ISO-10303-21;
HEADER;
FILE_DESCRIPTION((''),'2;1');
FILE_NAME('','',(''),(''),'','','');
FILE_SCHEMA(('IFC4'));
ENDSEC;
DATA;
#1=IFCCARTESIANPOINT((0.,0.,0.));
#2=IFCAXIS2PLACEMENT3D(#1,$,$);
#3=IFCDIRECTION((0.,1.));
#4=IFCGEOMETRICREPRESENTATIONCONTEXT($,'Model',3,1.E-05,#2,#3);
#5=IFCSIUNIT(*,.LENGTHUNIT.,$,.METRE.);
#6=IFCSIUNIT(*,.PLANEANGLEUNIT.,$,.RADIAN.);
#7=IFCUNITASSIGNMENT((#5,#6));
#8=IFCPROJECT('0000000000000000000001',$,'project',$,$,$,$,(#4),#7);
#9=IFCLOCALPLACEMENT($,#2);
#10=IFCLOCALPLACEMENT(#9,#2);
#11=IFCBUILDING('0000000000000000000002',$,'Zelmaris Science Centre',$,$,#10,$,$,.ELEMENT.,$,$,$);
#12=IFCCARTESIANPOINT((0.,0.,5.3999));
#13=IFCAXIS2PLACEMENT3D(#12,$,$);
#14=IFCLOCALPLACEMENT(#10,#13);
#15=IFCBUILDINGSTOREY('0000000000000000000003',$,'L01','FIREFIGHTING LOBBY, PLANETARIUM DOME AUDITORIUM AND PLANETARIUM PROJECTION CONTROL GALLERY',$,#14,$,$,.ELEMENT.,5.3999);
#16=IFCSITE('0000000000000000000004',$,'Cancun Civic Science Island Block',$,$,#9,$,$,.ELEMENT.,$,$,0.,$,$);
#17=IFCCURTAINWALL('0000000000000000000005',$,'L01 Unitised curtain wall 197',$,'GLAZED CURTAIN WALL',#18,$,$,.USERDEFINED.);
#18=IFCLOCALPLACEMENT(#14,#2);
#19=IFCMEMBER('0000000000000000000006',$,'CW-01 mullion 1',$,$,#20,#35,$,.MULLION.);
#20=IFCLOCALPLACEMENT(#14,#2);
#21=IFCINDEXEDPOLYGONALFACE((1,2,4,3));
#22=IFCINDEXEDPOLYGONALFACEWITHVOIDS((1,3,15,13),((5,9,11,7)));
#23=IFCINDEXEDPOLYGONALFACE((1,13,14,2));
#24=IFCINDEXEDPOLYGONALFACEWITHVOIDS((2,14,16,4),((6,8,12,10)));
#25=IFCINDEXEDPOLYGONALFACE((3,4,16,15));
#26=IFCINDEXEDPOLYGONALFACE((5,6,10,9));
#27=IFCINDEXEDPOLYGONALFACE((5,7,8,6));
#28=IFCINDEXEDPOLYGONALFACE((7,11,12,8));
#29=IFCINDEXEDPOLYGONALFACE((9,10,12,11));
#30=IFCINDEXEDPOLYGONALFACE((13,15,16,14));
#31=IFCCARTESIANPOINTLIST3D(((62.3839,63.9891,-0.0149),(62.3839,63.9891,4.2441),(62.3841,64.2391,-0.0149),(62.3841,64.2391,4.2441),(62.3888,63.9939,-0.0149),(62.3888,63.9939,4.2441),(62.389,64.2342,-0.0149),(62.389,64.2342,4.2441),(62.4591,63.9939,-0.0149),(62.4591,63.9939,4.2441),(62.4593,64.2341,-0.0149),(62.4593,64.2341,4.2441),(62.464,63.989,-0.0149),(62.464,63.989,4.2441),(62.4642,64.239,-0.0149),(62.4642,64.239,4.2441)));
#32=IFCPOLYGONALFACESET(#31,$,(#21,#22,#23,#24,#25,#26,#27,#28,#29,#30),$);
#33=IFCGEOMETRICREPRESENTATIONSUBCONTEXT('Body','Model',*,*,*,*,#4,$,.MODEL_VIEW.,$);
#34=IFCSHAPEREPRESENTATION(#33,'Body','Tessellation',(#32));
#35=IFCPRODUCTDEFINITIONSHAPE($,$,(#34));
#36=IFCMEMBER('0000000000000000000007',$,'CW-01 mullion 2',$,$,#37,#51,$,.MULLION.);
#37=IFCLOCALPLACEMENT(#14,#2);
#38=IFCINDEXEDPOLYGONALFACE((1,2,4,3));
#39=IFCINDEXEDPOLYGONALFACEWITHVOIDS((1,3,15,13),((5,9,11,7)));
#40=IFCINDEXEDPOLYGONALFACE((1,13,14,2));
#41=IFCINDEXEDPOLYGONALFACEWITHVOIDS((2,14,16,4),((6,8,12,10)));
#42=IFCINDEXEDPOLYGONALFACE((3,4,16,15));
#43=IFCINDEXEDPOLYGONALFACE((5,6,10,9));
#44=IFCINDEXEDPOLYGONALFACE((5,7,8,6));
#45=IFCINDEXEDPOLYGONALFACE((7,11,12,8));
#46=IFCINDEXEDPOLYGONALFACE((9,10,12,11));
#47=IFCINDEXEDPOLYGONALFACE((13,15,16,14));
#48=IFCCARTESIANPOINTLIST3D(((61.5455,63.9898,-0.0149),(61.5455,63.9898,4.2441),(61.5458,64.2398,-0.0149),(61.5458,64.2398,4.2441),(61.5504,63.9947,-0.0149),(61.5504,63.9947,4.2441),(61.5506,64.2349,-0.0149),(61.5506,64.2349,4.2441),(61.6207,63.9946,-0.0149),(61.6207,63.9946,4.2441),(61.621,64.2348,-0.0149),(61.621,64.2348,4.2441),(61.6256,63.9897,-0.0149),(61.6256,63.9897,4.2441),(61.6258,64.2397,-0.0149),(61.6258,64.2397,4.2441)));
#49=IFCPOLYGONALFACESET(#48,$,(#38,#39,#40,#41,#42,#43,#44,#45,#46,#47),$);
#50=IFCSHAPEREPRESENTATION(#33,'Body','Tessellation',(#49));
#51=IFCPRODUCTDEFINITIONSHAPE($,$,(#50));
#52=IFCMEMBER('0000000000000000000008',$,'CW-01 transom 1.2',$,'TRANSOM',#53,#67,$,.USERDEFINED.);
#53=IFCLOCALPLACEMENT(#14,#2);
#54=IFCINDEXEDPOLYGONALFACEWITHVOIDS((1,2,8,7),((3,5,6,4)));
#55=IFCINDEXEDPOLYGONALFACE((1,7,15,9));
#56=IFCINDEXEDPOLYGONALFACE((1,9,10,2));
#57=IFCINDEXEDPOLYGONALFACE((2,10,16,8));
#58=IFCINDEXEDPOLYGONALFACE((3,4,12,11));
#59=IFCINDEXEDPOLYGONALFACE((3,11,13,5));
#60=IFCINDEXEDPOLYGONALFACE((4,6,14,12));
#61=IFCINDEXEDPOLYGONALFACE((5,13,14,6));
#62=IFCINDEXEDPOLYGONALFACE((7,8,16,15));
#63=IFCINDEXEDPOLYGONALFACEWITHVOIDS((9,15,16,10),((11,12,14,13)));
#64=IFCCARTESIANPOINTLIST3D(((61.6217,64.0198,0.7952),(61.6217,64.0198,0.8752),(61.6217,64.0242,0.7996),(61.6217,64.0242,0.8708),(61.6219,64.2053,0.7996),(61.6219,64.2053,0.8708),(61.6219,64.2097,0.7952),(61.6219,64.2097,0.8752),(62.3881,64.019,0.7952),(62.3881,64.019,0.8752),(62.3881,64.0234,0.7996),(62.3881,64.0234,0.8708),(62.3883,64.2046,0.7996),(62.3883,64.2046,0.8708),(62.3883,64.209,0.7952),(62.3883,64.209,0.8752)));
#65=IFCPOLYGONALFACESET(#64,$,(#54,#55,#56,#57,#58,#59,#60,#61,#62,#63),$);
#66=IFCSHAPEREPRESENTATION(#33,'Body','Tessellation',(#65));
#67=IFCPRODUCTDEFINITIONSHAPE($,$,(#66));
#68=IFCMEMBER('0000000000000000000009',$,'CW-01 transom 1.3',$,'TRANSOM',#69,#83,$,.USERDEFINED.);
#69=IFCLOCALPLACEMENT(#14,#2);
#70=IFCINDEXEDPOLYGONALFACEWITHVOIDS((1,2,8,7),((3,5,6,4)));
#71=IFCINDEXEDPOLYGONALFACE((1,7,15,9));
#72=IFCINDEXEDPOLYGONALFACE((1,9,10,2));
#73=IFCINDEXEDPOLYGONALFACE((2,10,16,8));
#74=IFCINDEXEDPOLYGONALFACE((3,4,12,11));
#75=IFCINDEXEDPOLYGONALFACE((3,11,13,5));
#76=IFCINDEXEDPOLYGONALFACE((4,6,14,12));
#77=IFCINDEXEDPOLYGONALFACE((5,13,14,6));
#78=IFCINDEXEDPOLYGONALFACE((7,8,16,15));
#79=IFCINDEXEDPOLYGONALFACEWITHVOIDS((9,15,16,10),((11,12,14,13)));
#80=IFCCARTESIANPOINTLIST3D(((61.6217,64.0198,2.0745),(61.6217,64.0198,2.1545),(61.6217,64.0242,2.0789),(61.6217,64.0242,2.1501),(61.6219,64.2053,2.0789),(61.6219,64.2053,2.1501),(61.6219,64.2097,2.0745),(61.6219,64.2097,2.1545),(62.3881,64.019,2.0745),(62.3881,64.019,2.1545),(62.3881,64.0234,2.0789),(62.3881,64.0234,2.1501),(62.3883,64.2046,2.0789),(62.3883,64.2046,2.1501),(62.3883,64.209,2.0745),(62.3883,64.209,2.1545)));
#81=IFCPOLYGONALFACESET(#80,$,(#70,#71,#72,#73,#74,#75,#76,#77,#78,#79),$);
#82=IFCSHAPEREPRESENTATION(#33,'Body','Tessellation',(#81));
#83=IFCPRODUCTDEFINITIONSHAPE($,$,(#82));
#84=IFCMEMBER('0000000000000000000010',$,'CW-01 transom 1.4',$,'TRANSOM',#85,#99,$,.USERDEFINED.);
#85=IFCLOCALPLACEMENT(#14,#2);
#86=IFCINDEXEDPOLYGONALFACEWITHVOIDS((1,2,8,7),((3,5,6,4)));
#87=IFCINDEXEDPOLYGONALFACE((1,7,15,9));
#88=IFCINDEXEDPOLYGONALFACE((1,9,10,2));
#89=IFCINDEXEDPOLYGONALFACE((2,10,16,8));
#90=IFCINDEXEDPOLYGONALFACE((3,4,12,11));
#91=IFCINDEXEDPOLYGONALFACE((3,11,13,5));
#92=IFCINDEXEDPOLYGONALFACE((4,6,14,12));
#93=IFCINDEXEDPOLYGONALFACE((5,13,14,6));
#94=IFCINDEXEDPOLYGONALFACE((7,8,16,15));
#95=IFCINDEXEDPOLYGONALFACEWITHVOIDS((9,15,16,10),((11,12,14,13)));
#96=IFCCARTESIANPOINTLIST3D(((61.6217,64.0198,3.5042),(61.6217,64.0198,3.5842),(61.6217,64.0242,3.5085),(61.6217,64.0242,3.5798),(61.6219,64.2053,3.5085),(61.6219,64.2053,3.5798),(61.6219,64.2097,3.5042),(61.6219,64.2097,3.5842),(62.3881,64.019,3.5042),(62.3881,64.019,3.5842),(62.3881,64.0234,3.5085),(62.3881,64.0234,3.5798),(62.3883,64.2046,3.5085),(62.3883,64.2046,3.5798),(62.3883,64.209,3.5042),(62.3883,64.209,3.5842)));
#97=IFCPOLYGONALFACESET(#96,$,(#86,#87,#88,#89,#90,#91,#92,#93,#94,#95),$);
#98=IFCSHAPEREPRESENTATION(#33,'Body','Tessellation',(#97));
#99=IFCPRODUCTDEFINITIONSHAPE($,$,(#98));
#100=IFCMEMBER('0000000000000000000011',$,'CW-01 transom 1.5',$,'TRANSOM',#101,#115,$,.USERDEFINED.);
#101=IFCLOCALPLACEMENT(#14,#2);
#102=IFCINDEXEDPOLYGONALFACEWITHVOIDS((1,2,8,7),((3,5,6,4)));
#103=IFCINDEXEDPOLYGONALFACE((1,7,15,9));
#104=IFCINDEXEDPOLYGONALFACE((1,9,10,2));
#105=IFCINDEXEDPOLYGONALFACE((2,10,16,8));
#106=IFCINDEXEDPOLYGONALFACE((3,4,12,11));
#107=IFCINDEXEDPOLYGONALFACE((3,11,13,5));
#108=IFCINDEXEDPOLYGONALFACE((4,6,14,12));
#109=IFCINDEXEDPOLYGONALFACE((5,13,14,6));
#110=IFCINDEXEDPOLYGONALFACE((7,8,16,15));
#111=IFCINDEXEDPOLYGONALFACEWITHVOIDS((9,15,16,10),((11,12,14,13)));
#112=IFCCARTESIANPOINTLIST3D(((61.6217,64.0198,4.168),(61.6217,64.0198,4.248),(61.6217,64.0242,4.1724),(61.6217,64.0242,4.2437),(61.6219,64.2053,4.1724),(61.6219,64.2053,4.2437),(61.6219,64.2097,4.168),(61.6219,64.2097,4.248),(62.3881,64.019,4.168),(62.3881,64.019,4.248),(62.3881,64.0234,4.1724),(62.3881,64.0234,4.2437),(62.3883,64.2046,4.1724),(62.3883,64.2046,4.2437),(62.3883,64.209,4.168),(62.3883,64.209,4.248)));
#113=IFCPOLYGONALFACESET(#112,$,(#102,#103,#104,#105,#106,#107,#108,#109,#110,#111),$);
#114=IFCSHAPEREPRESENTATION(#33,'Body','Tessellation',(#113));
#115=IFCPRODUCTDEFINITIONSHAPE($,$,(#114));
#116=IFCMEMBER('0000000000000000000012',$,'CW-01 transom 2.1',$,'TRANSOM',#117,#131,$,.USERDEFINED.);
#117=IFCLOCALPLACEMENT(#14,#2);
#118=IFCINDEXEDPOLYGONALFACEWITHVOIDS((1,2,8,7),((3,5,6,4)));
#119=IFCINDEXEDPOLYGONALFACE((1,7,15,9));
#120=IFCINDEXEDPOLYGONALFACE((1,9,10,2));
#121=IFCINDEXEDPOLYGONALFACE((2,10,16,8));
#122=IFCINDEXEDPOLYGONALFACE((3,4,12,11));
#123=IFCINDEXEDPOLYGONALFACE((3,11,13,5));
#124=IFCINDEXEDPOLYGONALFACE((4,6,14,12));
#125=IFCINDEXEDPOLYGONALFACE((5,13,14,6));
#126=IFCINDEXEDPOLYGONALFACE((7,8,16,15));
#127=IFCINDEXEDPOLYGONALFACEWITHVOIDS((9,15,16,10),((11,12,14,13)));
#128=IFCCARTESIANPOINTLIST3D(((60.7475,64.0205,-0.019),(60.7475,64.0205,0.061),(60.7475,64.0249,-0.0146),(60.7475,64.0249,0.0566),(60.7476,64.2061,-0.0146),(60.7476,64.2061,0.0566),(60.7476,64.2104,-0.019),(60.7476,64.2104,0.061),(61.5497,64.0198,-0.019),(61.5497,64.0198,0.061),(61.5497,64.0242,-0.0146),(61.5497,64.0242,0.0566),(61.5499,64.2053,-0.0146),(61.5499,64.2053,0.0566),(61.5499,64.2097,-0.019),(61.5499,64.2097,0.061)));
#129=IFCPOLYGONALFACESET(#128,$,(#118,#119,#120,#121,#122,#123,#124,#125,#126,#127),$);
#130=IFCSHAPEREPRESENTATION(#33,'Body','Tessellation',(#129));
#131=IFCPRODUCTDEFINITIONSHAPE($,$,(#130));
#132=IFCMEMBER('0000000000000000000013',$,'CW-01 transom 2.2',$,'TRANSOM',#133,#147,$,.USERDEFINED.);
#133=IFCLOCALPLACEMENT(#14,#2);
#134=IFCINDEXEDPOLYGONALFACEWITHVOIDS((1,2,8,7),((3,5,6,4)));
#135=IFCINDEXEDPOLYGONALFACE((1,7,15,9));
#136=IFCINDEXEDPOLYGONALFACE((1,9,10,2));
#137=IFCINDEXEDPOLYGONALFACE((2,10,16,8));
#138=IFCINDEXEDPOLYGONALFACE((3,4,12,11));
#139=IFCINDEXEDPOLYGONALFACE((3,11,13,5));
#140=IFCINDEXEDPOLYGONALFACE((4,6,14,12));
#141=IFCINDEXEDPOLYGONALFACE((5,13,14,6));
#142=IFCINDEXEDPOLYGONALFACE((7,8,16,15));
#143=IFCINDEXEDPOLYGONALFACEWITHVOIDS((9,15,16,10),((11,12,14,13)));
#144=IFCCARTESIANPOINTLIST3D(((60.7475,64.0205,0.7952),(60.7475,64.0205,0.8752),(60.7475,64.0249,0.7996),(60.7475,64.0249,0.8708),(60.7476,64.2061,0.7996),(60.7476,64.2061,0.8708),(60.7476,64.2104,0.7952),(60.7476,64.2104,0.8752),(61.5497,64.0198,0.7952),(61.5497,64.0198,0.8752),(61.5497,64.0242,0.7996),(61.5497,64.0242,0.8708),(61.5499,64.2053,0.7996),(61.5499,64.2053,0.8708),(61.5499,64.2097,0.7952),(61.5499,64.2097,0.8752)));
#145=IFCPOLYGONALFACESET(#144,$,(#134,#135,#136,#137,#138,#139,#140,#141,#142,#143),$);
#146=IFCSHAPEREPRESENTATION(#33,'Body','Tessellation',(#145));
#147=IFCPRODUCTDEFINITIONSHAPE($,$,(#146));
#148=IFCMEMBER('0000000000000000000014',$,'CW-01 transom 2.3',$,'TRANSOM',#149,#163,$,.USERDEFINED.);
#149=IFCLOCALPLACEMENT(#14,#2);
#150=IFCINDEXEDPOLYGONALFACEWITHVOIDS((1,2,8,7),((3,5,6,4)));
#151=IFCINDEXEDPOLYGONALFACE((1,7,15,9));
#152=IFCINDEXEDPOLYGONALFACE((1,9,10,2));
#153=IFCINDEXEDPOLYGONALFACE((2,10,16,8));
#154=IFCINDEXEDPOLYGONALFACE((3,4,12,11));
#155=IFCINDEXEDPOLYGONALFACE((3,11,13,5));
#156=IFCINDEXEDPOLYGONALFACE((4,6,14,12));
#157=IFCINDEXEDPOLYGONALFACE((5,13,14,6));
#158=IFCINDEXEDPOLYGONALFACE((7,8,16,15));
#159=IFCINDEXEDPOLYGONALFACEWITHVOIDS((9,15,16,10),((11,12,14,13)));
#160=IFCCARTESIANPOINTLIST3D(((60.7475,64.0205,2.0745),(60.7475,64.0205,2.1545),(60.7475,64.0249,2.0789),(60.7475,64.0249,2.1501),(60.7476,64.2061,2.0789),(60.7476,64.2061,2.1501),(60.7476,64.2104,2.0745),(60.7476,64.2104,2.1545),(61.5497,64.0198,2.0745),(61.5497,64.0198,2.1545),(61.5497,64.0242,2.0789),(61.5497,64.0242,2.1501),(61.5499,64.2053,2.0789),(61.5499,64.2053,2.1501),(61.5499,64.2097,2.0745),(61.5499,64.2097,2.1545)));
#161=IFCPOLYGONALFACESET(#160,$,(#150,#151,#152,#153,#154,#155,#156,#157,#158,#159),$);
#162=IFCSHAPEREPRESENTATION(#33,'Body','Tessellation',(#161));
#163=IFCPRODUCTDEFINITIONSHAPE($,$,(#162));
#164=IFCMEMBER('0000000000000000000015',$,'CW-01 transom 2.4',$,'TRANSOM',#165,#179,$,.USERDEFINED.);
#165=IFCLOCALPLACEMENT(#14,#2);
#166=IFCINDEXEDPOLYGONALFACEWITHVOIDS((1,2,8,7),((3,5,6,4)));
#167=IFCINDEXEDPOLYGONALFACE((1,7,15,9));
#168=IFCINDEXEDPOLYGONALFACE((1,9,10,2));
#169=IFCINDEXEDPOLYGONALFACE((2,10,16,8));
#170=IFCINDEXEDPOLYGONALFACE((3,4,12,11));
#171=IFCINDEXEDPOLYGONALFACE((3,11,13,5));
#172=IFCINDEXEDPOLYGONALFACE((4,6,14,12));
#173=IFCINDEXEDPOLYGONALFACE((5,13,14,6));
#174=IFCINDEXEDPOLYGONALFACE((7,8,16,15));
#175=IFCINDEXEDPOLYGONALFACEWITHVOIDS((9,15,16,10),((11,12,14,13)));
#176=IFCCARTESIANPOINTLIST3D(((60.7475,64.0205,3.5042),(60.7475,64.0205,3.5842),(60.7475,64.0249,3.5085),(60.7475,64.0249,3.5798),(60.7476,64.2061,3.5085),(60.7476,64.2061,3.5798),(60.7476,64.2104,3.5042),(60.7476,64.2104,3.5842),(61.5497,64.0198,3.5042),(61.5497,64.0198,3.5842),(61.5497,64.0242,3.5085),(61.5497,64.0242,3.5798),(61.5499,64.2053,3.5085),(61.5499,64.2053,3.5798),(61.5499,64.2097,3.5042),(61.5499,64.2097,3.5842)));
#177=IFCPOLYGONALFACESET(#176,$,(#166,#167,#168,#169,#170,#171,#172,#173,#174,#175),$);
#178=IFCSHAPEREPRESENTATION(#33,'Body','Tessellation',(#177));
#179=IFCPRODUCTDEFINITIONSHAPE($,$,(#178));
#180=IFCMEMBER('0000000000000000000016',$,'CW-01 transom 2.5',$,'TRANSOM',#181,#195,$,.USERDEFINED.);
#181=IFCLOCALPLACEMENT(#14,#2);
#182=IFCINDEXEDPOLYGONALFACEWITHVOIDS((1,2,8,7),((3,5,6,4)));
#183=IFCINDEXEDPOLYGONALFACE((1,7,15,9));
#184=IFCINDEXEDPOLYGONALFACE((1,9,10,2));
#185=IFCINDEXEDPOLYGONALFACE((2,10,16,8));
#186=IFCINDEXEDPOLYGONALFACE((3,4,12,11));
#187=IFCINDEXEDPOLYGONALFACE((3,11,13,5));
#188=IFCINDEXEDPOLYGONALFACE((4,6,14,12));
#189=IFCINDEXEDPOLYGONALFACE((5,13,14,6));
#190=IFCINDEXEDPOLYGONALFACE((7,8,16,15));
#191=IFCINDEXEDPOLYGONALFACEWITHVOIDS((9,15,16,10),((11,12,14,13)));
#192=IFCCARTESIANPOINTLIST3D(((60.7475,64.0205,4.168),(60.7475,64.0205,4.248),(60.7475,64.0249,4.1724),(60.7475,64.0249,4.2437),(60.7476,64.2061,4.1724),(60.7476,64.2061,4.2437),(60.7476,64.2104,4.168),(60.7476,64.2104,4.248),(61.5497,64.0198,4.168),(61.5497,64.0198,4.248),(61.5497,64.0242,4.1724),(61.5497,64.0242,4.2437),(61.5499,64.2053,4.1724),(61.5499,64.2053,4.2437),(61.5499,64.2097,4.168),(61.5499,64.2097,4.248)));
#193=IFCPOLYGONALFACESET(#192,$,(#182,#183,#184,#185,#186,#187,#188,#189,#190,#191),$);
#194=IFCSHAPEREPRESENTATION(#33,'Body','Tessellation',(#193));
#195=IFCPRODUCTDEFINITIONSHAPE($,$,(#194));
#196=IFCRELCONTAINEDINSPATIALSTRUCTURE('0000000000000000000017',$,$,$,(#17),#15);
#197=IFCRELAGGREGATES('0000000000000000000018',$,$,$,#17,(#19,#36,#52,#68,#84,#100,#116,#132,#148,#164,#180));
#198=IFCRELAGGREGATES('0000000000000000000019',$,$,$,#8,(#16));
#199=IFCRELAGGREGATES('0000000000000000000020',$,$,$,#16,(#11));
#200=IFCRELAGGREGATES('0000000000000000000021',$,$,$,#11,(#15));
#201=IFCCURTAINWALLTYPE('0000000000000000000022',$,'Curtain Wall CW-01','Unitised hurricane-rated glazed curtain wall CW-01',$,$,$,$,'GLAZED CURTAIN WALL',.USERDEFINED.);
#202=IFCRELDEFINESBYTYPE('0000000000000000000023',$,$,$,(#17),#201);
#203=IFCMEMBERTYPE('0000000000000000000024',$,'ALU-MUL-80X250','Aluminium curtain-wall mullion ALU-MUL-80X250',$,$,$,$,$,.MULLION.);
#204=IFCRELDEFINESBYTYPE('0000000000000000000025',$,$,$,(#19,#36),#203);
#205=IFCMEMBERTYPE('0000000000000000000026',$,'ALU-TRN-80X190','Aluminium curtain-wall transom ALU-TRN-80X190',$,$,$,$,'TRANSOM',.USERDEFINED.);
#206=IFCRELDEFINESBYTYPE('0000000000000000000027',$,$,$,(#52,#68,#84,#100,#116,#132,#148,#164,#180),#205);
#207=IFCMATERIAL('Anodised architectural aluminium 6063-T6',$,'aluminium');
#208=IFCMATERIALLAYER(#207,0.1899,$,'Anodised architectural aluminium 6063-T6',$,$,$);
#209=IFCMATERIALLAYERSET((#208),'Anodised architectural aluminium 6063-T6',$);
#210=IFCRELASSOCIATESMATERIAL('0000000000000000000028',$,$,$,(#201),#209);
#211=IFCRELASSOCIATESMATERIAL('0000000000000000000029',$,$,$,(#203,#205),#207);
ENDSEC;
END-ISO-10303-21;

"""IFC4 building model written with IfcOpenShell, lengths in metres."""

from ifc_helpers import new_model, si_unit, direction, frame, origin, origin_2d, place, context, subcontext, project, spatial, hollow_rectangle, extrude, material, layer, layer_set, material_profile, profile_set, type_object, element, aggregate, save


model = new_model("IFC4")

# Units and contexts
model_context = context("Model", 3, precision=1e-05, world=origin(), true_north=direction((0.0, 1.0)))
body_context = subcontext(model_context, "Body", "Model", "MODEL_VIEW")
ifc_project = project(units=[si_unit("LENGTHUNIT", "METRE"), si_unit("PLANEANGLEUNIT", "RADIAN")], contexts=[model_context])

# Site, building, storey
site_placement = place(None, origin())
site = spatial("IfcSite", under=ifc_project, at=site_placement, Name="Cancun Civic Science Island Block", CompositionType="ELEMENT", RefElevation=0.0)
building_placement = place(site_placement, origin())
building = spatial("IfcBuilding", under=site, at=building_placement, Name="Zelmaris Science Centre", CompositionType="ELEMENT")
storey_placement = place(building_placement, frame((0.0, 0.0, 5.3999)))
storey = spatial("IfcBuildingStorey", under=building, at=storey_placement, Name="L01", Description="FIREFIGHTING LOBBY, PLANETARIUM DOME AUDITORIUM AND PLANETARIUM PROJECTION CONTROL GALLERY", CompositionType="ELEMENT", Elevation=5.3999)

# Curtain wall, members
ifc_material_1 = material(Name="Anodised architectural aluminium 6063-T6", Category="aluminium")
ifc_layer_1 = layer(ifc_material_1, 0.1899, Name="Anodised architectural aluminium 6063-T6")
ifc_layer_set_1 = layer_set([ifc_layer_1], Name="Anodised architectural aluminium 6063-T6")
curtain_wall_type = type_object("IfcCurtainWallType", Name="Curtain Wall CW-01", Description="Unitised hurricane-rated glazed curtain wall CW-01", ElementType="GLAZED CURTAIN WALL", PredefinedType="USERDEFINED", material=ifc_layer_set_1)
curtain_wall_placement = place(storey_placement, origin())
curtain_wall = element("IfcCurtainWall", 1, at=curtain_wall_placement, inside=storey, type_object=curtain_wall_type, Name="L01 Unitised curtain wall 197", ObjectType="GLAZED CURTAIN WALL", PredefinedType="USERDEFINED")
ifc_material_profile_1 = material_profile(ifc_material_1, hollow_rectangle(XDim=0.0801, YDim=0.25, WallThickness=0.0049, at=origin_2d()), Name="ALU-MUL-80X250")
ifc_profile_set_1 = profile_set([ifc_material_profile_1], Name="Anodised architectural aluminium 6063-T6")
member_type_1 = type_object("IfcMemberType", Name="ALU-MUL-80X250", Description="Aluminium curtain-wall mullion ALU-MUL-80X250", PredefinedType="MULLION", material=ifc_profile_set_1)
member_1_placement = place(storey_placement, frame((62.4241, 64.114, -0.0149), z_axis=(0.0, 0.0, 1.0), x_axis=(-1.0, 0.00092, 0.0)))
member_1 = element("IfcMember", 2, at=member_1_placement, type_object=member_type_1, Name="CW-01 mullion 1", PredefinedType="MULLION", context=body_context, shape_type="SweptSolid", body=[
    extrude(hollow_rectangle(XDim=0.0801, YDim=0.25, WallThickness=0.0049, at=origin_2d()), origin(), (0.0, 0.0, 1.0), 4.259),
])
member_2_placement = place(storey_placement, frame((61.5857, 64.1147, -0.0149), z_axis=(0.0, 0.0, 1.0), x_axis=(-1.0, 0.00092, 0.0)))
member_2 = element("IfcMember", 3, at=member_2_placement, type_object=member_type_1, Name="CW-01 mullion 2", PredefinedType="MULLION", context=body_context, shape_type="SweptSolid", body=[
    extrude(hollow_rectangle(XDim=0.0801, YDim=0.25, WallThickness=0.0049, at=origin_2d()), origin(), (0.0, 0.0, 1.0), 4.259),
])
ifc_material_profile_2 = material_profile(ifc_material_1, hollow_rectangle(XDim=0.0801, YDim=0.1899, WallThickness=0.0044, at=origin_2d()), Name="ALU-TRN-80X190")
ifc_profile_set_2 = profile_set([ifc_material_profile_2], Name="Anodised architectural aluminium 6063-T6")
member_type_2 = type_object("IfcMemberType", Name="ALU-TRN-80X190", Description="Aluminium curtain-wall transom ALU-TRN-80X190", ElementType="TRANSOM", PredefinedType="USERDEFINED", material=ifc_profile_set_2)
member_3_placement = place(storey_placement, frame((62.3882, 64.114, 0.8352), z_axis=(-1.0, 0.000956, 0.0), x_axis=(0.0, 0.0, 1.0)))
member_3 = element("IfcMember", 4, at=member_3_placement, type_object=member_type_2, Name="CW-01 transom 1.2", ObjectType="TRANSOM", PredefinedType="USERDEFINED", context=body_context, shape_type="SweptSolid", body=[
    extrude(hollow_rectangle(XDim=0.0801, YDim=0.1899, WallThickness=0.0044, at=origin_2d()), origin(), (0.0, 0.0, 1.0), 0.7664),
])
member_4_placement = place(storey_placement, frame((62.3882, 64.114, 2.1145), z_axis=(-1.0, 0.000956, 0.0), x_axis=(0.0, 0.0, 1.0)))
member_4 = element("IfcMember", 5, at=member_4_placement, type_object=member_type_2, Name="CW-01 transom 1.3", ObjectType="TRANSOM", PredefinedType="USERDEFINED", context=body_context, shape_type="SweptSolid", body=[
    extrude(hollow_rectangle(XDim=0.0801, YDim=0.1899, WallThickness=0.0044, at=origin_2d()), origin(), (0.0, 0.0, 1.0), 0.7664),
])
member_5_placement = place(storey_placement, frame((62.3882, 64.114, 3.5442), z_axis=(-1.0, 0.000956, 0.0), x_axis=(0.0, 0.0, 1.0)))
member_5 = element("IfcMember", 6, at=member_5_placement, type_object=member_type_2, Name="CW-01 transom 1.4", ObjectType="TRANSOM", PredefinedType="USERDEFINED", context=body_context, shape_type="SweptSolid", body=[
    extrude(hollow_rectangle(XDim=0.0801, YDim=0.1899, WallThickness=0.0044, at=origin_2d()), origin(), (0.0, 0.0, 1.0), 0.7664),
])
member_6_placement = place(storey_placement, frame((62.3882, 64.114, 4.208), z_axis=(-1.0, 0.000956, 0.0), x_axis=(0.0, 0.0, 1.0)))
member_6 = element("IfcMember", 7, at=member_6_placement, type_object=member_type_2, Name="CW-01 transom 1.5", ObjectType="TRANSOM", PredefinedType="USERDEFINED", context=body_context, shape_type="SweptSolid", body=[
    extrude(hollow_rectangle(XDim=0.0801, YDim=0.1899, WallThickness=0.0044, at=origin_2d()), origin(), (0.0, 0.0, 1.0), 0.7664),
])
member_7_placement = place(storey_placement, frame((61.5498, 64.1147, 0.021), z_axis=(-1.0, 0.000913, 0.0), x_axis=(0.0, 0.0, 1.0)))
member_7 = element("IfcMember", 8, at=member_7_placement, type_object=member_type_2, Name="CW-01 transom 2.1", ObjectType="TRANSOM", PredefinedType="USERDEFINED", context=body_context, shape_type="SweptSolid", body=[
    extrude(hollow_rectangle(XDim=0.0801, YDim=0.1899, WallThickness=0.0044, at=origin_2d()), origin(), (0.0, 0.0, 1.0), 0.8022),
])
member_8_placement = place(storey_placement, frame((61.5498, 64.1147, 0.8352), z_axis=(-1.0, 0.000913, 0.0), x_axis=(0.0, 0.0, 1.0)))
member_8 = element("IfcMember", 9, at=member_8_placement, type_object=member_type_2, Name="CW-01 transom 2.2", ObjectType="TRANSOM", PredefinedType="USERDEFINED", context=body_context, shape_type="SweptSolid", body=[
    extrude(hollow_rectangle(XDim=0.0801, YDim=0.1899, WallThickness=0.0044, at=origin_2d()), origin(), (0.0, 0.0, 1.0), 0.8022),
])
member_9_placement = place(storey_placement, frame((61.5498, 64.1147, 2.1145), z_axis=(-1.0, 0.000913, 0.0), x_axis=(0.0, 0.0, 1.0)))
member_9 = element("IfcMember", 10, at=member_9_placement, type_object=member_type_2, Name="CW-01 transom 2.3", ObjectType="TRANSOM", PredefinedType="USERDEFINED", context=body_context, shape_type="SweptSolid", body=[
    extrude(hollow_rectangle(XDim=0.0801, YDim=0.1899, WallThickness=0.0044, at=origin_2d()), origin(), (0.0, 0.0, 1.0), 0.8022),
])
member_10_placement = place(storey_placement, frame((61.5498, 64.1147, 3.5442), z_axis=(-1.0, 0.000913, 0.0), x_axis=(0.0, 0.0, 1.0)))
member_10 = element("IfcMember", 11, at=member_10_placement, type_object=member_type_2, Name="CW-01 transom 2.4", ObjectType="TRANSOM", PredefinedType="USERDEFINED", context=body_context, shape_type="SweptSolid", body=[
    extrude(hollow_rectangle(XDim=0.0801, YDim=0.1899, WallThickness=0.0044, at=origin_2d()), origin(), (0.0, 0.0, 1.0), 0.8022),
])
member_11_placement = place(storey_placement, frame((61.5498, 64.1147, 4.208), z_axis=(-1.0, 0.000913, 0.0), x_axis=(0.0, 0.0, 1.0)))
member_11 = element("IfcMember", 12, at=member_11_placement, type_object=member_type_2, Name="CW-01 transom 2.5", ObjectType="TRANSOM", PredefinedType="USERDEFINED", context=body_context, shape_type="SweptSolid", body=[
    extrude(hollow_rectangle(XDim=0.0801, YDim=0.1899, WallThickness=0.0044, at=origin_2d()), origin(), (0.0, 0.0, 1.0), 0.8022),
])
aggregate(curtain_wall, [member_1, member_2, member_3, member_4, member_5, member_6, member_7, member_8, member_9, member_10, member_11])

save(model, "model.ifc")
